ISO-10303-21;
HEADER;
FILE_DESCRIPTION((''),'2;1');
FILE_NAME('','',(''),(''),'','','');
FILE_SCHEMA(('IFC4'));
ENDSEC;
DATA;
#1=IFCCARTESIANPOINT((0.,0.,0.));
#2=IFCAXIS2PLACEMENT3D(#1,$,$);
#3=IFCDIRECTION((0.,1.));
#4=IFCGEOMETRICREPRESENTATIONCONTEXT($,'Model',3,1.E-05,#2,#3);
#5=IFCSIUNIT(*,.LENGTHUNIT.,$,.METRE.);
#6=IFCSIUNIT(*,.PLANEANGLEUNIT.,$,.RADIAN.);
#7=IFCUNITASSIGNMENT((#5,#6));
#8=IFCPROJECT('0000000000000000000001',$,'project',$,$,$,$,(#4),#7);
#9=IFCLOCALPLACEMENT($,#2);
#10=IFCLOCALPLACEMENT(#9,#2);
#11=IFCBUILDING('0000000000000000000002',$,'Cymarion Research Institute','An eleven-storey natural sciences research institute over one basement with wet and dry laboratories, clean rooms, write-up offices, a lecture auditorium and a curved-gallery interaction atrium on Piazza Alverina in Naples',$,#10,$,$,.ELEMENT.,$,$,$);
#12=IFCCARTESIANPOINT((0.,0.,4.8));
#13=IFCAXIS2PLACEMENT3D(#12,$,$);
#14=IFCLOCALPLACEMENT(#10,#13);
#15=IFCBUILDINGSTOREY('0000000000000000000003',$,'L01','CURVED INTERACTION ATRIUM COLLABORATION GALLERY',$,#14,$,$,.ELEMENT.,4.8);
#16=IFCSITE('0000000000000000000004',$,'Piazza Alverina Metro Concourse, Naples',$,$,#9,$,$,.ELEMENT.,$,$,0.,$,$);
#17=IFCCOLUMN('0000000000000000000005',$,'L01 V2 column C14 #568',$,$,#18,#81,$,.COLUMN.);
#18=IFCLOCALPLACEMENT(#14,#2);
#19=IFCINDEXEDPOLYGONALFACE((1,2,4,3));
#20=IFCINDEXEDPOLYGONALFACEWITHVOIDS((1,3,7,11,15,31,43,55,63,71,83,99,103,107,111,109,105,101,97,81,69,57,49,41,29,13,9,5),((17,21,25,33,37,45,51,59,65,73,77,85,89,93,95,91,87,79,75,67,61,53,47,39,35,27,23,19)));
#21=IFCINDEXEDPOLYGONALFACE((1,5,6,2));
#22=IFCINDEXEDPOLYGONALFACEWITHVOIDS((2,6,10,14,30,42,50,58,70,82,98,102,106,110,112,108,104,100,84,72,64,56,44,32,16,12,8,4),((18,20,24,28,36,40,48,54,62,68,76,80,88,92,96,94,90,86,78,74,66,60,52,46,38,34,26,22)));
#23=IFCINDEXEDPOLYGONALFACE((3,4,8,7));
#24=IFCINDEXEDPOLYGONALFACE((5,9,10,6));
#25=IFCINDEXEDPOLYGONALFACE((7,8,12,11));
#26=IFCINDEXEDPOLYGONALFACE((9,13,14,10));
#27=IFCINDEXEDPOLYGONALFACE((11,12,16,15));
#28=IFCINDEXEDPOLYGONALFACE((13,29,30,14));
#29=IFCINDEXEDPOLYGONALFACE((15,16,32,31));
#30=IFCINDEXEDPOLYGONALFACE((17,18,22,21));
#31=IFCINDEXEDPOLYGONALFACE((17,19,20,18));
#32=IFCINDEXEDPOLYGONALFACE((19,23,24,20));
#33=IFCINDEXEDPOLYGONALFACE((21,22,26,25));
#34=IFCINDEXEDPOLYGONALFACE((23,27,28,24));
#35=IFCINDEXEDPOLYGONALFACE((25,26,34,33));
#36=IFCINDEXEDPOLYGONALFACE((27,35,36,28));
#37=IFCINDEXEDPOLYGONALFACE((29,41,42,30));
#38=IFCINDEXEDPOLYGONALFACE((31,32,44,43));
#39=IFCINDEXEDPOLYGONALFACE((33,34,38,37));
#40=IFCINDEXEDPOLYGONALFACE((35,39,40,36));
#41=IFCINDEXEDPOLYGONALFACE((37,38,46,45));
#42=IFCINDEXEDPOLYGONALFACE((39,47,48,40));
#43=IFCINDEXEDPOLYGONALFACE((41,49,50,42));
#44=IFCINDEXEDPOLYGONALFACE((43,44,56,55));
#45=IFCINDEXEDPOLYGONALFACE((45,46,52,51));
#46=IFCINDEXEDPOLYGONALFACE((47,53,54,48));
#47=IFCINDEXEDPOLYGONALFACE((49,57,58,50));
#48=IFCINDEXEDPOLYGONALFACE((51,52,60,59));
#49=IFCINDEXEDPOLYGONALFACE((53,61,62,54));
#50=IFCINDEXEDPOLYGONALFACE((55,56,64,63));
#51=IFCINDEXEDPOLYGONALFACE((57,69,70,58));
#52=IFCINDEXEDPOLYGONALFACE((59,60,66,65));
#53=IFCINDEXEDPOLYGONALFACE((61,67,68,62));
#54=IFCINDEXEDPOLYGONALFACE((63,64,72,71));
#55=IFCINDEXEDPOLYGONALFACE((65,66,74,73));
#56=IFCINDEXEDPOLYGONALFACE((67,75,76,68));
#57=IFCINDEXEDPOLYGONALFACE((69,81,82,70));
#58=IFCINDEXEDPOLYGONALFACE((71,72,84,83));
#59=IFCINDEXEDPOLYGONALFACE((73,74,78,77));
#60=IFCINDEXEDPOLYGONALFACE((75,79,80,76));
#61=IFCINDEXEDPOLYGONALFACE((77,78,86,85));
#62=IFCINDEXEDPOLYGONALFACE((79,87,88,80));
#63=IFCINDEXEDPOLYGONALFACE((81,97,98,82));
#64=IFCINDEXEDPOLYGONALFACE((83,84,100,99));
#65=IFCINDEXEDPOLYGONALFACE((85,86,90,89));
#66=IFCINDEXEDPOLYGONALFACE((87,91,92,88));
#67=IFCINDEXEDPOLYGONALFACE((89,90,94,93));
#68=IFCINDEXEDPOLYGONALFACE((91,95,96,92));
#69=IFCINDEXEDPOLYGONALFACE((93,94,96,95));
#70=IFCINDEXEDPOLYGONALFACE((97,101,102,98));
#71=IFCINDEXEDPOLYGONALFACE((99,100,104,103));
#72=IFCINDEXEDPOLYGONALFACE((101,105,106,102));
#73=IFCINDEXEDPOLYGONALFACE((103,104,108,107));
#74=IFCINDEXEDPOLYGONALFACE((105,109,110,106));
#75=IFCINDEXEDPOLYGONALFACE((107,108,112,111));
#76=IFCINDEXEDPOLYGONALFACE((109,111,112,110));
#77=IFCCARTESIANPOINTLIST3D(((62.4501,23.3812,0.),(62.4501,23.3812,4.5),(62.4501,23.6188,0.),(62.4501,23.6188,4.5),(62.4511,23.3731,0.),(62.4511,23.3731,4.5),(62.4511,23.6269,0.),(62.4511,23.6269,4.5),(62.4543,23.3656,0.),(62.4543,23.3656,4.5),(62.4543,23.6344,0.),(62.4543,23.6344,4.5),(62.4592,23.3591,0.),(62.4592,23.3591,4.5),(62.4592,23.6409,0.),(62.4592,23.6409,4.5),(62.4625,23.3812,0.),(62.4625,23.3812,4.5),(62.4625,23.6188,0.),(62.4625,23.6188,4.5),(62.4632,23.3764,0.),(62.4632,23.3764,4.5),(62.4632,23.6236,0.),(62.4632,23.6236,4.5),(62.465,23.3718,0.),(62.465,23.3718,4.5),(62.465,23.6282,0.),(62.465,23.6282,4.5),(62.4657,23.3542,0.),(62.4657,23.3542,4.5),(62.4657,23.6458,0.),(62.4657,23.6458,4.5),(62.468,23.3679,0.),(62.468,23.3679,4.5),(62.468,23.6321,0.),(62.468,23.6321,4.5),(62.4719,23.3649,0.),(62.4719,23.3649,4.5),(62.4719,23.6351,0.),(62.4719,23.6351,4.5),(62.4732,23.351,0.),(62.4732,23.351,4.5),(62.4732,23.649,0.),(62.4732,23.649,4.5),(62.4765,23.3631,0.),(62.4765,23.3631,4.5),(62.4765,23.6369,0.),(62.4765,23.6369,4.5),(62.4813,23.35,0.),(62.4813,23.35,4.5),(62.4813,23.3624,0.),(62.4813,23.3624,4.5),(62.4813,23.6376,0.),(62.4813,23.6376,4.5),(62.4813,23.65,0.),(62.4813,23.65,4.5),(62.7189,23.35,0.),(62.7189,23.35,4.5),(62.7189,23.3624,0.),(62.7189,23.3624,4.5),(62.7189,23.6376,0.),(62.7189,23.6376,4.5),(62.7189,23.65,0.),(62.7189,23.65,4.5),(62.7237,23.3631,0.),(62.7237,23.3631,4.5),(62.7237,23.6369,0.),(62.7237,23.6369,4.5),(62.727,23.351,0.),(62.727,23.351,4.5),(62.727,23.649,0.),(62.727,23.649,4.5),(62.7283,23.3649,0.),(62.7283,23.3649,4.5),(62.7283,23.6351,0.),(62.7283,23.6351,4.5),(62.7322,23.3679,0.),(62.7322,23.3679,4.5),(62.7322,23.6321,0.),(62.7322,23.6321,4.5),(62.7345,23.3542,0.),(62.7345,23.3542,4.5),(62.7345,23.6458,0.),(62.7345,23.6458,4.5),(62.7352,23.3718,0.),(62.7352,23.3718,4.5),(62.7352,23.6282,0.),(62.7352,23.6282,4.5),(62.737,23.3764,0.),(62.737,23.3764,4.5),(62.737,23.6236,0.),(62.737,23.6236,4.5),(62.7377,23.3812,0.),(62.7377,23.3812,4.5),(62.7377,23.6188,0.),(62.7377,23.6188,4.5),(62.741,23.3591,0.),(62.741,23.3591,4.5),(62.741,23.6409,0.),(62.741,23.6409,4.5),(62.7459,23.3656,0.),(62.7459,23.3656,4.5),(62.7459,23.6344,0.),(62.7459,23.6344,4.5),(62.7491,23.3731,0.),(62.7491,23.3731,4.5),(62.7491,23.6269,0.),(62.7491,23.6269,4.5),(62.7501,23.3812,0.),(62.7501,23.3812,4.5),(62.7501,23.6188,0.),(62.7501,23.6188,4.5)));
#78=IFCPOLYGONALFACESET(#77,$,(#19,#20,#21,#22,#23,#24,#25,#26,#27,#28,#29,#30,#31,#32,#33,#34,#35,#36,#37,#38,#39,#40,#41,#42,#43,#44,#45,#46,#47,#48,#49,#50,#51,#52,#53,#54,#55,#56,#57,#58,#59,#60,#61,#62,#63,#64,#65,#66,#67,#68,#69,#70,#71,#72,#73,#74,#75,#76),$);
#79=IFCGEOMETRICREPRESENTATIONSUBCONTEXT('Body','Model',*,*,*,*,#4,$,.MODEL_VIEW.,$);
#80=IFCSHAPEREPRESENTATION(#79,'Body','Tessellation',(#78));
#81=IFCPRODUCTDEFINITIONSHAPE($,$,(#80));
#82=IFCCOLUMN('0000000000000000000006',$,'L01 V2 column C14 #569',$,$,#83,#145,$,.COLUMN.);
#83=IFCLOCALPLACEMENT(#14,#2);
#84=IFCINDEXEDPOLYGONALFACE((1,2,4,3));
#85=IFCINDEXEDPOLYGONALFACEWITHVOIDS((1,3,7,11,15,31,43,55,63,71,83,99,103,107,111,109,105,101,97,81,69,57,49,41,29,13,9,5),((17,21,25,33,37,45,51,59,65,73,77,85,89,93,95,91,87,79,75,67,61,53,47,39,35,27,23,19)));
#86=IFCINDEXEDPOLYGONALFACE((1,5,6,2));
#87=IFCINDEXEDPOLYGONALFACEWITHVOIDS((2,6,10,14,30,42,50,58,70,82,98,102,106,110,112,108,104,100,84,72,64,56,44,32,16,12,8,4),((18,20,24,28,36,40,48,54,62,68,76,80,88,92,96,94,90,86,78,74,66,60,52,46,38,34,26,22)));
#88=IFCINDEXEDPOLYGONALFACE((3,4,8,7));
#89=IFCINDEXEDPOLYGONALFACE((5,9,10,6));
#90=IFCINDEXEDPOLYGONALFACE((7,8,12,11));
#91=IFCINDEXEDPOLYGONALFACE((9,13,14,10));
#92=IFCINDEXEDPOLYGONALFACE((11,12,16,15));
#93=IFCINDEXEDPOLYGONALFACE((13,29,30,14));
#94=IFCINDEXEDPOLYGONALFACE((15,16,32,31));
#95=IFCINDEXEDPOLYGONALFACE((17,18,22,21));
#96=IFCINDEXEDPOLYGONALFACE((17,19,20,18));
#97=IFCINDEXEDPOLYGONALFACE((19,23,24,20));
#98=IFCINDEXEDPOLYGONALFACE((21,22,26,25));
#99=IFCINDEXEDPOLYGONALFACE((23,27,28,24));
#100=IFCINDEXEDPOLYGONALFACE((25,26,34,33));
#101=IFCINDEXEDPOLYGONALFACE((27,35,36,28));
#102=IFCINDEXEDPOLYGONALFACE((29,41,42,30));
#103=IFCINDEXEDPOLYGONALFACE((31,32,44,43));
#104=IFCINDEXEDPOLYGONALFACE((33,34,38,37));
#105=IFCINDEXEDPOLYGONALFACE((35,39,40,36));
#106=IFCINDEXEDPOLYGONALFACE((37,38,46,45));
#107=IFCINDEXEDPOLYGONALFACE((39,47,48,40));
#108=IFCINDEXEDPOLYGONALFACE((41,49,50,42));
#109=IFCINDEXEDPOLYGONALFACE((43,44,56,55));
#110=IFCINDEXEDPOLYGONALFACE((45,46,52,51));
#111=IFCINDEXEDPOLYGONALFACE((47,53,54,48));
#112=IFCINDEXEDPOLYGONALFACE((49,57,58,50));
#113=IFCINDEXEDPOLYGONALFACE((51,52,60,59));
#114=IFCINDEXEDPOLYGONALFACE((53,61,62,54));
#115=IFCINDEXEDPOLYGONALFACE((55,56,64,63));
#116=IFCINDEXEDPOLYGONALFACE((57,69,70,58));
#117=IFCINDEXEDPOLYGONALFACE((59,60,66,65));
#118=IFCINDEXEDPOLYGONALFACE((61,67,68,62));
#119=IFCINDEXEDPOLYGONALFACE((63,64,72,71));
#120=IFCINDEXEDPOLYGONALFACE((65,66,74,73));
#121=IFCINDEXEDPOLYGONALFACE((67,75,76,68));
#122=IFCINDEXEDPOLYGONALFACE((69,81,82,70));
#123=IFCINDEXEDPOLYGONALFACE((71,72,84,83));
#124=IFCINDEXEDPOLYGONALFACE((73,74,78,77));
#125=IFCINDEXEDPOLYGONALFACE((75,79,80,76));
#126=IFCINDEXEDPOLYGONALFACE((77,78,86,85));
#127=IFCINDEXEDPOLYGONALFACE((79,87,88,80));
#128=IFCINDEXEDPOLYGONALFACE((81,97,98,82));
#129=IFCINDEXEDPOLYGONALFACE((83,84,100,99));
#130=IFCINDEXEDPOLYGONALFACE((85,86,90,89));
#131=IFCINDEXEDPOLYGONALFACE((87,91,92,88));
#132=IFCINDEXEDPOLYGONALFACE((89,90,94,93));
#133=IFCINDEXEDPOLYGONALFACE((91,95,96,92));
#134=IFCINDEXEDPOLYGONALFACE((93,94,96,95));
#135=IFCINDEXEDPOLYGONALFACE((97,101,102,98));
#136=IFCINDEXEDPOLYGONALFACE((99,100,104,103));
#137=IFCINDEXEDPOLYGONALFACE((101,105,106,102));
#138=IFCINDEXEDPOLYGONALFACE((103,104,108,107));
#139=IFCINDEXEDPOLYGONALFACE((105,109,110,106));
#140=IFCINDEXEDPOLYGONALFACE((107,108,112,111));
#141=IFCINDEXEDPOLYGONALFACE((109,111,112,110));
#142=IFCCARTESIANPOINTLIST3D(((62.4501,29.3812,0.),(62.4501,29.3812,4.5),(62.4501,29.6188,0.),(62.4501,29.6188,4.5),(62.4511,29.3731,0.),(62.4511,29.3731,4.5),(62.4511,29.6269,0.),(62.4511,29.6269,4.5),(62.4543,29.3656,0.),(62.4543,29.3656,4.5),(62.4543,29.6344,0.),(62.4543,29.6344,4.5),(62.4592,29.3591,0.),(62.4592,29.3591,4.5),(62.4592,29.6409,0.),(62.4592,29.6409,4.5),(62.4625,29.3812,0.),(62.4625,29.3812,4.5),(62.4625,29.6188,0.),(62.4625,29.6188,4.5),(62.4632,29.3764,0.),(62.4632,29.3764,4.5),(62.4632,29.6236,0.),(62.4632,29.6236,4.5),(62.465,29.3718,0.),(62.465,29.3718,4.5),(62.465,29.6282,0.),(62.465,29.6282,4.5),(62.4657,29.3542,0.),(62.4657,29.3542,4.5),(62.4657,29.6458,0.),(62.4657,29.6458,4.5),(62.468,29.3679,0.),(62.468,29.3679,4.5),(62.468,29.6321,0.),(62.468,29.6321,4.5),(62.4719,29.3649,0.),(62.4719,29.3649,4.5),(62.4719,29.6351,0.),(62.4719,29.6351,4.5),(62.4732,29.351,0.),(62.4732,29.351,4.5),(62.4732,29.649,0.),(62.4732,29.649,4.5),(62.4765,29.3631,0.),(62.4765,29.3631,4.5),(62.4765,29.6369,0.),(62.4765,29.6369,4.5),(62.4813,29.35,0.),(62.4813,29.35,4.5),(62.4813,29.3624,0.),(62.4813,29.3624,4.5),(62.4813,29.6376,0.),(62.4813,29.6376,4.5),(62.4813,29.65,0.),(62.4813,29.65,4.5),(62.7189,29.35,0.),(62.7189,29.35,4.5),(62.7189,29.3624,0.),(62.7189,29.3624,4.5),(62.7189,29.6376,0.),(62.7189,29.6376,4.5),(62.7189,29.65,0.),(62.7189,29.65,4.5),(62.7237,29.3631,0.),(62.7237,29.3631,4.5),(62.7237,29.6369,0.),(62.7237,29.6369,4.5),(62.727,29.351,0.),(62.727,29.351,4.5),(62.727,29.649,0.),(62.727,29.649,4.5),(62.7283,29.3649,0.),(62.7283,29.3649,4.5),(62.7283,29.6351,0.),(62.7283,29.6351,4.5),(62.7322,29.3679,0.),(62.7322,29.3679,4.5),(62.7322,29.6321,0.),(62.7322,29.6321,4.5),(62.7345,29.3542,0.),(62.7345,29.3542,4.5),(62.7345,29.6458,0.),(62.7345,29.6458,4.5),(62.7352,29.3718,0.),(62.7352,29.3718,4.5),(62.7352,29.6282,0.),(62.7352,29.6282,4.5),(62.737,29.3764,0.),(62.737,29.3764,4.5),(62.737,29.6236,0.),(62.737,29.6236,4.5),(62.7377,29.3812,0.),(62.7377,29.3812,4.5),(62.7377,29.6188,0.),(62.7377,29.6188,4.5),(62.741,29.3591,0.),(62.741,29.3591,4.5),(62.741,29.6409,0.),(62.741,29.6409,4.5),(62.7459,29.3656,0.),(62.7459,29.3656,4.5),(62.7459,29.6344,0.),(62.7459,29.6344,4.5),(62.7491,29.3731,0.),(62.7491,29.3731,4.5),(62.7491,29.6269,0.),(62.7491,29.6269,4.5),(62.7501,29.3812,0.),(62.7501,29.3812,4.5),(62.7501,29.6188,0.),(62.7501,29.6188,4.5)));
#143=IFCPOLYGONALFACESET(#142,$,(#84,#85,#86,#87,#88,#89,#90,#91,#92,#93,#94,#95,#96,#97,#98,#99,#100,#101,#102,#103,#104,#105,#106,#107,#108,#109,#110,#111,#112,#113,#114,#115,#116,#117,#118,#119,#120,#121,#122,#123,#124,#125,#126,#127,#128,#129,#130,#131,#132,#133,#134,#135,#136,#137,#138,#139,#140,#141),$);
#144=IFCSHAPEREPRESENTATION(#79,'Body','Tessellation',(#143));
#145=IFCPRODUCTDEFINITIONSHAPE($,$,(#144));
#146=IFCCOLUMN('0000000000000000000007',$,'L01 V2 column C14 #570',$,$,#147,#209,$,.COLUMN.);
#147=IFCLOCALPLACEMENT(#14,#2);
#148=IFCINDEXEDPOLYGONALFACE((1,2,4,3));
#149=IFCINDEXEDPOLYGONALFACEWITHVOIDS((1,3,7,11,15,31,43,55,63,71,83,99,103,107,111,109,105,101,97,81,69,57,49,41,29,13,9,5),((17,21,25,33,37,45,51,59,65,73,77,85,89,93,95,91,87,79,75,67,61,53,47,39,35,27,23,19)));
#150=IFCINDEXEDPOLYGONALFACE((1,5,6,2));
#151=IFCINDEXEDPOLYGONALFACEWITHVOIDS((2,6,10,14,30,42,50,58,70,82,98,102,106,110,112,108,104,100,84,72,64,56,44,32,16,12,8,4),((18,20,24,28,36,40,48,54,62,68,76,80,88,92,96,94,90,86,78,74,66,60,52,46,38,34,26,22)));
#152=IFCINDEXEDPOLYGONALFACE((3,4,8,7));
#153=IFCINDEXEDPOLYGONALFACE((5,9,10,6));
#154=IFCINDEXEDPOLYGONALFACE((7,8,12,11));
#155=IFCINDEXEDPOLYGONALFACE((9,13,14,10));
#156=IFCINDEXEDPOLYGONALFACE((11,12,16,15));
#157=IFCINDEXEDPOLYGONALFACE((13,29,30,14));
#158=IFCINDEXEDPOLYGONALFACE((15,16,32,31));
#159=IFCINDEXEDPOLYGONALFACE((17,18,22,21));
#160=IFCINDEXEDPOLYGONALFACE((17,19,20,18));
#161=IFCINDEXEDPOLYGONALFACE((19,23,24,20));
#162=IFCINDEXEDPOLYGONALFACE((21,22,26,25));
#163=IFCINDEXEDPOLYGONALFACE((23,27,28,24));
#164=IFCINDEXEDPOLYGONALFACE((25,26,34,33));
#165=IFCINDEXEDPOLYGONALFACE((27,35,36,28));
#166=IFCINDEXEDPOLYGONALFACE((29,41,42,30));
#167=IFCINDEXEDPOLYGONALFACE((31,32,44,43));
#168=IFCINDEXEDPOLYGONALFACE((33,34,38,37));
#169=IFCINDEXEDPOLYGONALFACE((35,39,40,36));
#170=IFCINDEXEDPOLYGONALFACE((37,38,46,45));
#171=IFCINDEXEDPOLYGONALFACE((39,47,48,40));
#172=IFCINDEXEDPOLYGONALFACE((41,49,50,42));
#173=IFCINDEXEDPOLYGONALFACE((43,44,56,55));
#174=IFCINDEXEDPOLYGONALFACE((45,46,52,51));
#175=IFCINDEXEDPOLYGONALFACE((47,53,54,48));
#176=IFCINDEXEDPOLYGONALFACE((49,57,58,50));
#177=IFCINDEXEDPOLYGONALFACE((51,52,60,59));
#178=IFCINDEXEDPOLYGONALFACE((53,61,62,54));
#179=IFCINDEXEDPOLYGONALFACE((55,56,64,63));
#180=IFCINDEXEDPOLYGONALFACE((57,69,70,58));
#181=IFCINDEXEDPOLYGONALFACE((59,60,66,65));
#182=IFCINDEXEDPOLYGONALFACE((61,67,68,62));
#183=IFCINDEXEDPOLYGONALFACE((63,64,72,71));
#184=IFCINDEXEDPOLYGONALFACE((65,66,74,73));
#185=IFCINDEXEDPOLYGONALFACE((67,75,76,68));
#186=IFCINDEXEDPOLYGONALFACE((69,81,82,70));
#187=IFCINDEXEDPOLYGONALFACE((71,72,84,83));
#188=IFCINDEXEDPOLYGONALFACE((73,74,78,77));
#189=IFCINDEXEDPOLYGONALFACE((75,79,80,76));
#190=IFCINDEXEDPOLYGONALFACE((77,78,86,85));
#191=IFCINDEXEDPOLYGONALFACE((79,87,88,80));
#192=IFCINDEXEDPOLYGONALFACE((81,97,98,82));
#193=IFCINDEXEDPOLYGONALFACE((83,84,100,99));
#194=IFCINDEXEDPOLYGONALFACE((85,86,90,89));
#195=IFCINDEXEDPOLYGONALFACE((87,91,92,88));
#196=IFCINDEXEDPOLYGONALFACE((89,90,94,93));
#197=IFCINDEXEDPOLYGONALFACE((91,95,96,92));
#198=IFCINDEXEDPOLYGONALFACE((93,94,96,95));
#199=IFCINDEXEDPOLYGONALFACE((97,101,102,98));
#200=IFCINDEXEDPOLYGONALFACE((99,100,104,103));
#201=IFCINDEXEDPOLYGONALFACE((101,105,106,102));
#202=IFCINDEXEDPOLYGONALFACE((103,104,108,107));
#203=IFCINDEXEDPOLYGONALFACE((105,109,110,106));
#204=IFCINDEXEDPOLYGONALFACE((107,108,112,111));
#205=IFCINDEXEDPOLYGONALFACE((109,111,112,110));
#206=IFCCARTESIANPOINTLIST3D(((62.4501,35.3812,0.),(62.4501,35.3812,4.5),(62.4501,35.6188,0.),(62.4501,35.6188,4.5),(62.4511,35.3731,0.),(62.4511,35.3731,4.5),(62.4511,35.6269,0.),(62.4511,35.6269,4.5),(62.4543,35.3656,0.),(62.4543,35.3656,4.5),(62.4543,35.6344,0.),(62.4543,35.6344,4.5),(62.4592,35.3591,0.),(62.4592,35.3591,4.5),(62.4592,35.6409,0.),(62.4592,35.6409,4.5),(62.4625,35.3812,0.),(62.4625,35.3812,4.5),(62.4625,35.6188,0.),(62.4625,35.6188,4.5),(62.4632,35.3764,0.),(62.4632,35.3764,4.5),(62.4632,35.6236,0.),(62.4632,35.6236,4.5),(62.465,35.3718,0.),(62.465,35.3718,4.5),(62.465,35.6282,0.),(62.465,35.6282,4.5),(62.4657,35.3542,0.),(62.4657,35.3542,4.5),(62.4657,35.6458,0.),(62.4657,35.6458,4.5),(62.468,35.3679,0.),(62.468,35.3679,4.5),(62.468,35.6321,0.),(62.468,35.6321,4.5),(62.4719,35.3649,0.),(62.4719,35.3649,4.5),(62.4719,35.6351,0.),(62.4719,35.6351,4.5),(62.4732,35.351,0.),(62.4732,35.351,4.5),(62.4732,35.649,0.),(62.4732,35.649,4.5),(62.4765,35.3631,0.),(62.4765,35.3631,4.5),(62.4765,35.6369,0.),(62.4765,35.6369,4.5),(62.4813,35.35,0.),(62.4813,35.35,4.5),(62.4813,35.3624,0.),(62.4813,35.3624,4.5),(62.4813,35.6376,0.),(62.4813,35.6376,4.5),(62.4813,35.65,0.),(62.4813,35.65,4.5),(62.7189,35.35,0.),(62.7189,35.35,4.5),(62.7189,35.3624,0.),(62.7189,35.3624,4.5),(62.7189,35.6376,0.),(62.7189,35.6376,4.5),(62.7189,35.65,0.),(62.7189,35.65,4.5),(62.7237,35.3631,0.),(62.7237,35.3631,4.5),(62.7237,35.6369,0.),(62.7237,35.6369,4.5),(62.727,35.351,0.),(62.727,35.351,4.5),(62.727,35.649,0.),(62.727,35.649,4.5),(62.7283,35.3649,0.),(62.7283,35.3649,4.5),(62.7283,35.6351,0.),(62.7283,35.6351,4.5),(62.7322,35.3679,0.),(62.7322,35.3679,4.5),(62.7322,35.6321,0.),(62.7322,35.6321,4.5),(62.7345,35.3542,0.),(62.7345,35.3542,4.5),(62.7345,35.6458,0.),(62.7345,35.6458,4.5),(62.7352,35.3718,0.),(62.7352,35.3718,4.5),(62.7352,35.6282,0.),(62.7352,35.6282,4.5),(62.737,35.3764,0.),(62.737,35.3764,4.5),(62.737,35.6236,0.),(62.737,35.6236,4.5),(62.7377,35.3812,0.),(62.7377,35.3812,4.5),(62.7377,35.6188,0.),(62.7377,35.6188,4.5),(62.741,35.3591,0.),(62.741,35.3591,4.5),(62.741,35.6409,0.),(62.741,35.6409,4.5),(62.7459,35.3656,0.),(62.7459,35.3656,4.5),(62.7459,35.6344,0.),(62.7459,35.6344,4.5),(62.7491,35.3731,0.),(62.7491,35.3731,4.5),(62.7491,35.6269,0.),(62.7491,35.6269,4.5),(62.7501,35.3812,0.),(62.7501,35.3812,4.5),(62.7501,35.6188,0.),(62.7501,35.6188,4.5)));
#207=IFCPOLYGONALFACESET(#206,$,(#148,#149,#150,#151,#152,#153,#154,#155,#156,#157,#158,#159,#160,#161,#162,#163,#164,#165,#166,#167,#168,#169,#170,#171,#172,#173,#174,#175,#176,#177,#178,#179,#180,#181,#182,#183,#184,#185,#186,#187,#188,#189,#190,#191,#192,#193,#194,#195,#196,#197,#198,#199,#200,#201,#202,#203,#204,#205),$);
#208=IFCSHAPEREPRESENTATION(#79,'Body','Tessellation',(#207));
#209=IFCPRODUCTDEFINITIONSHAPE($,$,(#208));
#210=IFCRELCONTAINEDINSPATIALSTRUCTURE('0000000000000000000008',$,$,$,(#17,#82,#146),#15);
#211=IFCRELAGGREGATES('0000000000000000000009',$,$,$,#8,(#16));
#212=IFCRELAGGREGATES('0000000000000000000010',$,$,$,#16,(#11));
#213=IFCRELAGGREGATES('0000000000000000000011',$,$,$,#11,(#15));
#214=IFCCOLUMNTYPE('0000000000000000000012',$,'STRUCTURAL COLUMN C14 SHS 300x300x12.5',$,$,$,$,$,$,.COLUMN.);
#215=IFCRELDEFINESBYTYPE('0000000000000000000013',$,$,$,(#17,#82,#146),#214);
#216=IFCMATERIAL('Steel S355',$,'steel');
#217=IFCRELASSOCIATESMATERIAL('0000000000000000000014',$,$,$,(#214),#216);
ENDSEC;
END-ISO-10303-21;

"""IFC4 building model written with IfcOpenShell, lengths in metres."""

from ifc_helpers import new_model, si_unit, direction, frame, origin, origin_2d, place, context, subcontext, project, spatial, hollow_rectangle, extrude, material, material_profile, profile_set, type_object, element, save


model = new_model("IFC4")

# Units and contexts
model_context = context("Model", 3, precision=1e-05, world=origin(), true_north=direction((0.0, 1.0)))
body_context = subcontext(model_context, "Body", "Model", "MODEL_VIEW")
ifc_project = project(units=[si_unit("LENGTHUNIT", "METRE"), si_unit("PLANEANGLEUNIT", "RADIAN")], contexts=[model_context])

# Site, building, storey
site_placement = place(None, origin())
site = spatial("IfcSite", under=ifc_project, at=site_placement, Name="Piazza Alverina Metro Concourse, Naples", CompositionType="ELEMENT", RefElevation=0.0)
building_placement = place(site_placement, origin())
building = spatial("IfcBuilding", under=site, at=building_placement, Name="Cymarion Research Institute", Description="An eleven-storey natural sciences research institute over one basement with wet and dry laboratories, clean rooms, write-up offices, a lecture auditorium and a curved-gallery interaction atrium on Piazza Alverina in Naples", CompositionType="ELEMENT")
storey_placement = place(building_placement, frame((0.0, 0.0, 4.8)))
storey = spatial("IfcBuildingStorey", under=building, at=storey_placement, Name="L01", Description="CURVED INTERACTION ATRIUM COLLABORATION GALLERY", CompositionType="ELEMENT", Elevation=4.8)

# Columns
ifc_material_1 = material(Name="Steel S355", Category="steel")
ifc_material_profile_1 = material_profile(ifc_material_1, hollow_rectangle(XDim=0.3, YDim=0.3, WallThickness=0.0125, InnerFilletRadius=0.0188, OuterFilletRadius=0.0312, at=origin_2d()), Name="SHS 300x300x12.5")
ifc_profile_set_1 = profile_set([ifc_material_profile_1], Name="Steel S355")
column_type = type_object("IfcColumnType", Name="STRUCTURAL COLUMN C14 SHS 300x300x12.5", PredefinedType="COLUMN", material=ifc_profile_set_1)
for number, where, z_axis, x_axis, name in (
    (1, (62.6001, 23.5, 0.0), (0.0, 0.0, 1.0), (1.0, 0.0, 0.0), "L01 V2 column C14 #568"),
    (2, (62.6001, 29.5, 0.0), (0.0, 0.0, 1.0), (1.0, 0.0, 0.0), "L01 V2 column C14 #569"),
    (3, (62.6001, 35.5, 0.0), (0.0, 0.0, 1.0), (1.0, 0.0, 0.0), "L01 V2 column C14 #570"),
):
    element("IfcColumn", number, at=place(storey_placement, frame(where, z_axis=z_axis, x_axis=x_axis)), inside=storey, type_object=column_type, Name=name, PredefinedType="COLUMN", context=body_context, shape_type="SweptSolid", body=[
        extrude(hollow_rectangle(XDim=0.3, YDim=0.3, WallThickness=0.0125, InnerFilletRadius=0.0188, OuterFilletRadius=0.0312, at=origin_2d()), origin(), (0.0, 0.0, 1.0), 4.5),
    ])

save(model, "model.ifc")
